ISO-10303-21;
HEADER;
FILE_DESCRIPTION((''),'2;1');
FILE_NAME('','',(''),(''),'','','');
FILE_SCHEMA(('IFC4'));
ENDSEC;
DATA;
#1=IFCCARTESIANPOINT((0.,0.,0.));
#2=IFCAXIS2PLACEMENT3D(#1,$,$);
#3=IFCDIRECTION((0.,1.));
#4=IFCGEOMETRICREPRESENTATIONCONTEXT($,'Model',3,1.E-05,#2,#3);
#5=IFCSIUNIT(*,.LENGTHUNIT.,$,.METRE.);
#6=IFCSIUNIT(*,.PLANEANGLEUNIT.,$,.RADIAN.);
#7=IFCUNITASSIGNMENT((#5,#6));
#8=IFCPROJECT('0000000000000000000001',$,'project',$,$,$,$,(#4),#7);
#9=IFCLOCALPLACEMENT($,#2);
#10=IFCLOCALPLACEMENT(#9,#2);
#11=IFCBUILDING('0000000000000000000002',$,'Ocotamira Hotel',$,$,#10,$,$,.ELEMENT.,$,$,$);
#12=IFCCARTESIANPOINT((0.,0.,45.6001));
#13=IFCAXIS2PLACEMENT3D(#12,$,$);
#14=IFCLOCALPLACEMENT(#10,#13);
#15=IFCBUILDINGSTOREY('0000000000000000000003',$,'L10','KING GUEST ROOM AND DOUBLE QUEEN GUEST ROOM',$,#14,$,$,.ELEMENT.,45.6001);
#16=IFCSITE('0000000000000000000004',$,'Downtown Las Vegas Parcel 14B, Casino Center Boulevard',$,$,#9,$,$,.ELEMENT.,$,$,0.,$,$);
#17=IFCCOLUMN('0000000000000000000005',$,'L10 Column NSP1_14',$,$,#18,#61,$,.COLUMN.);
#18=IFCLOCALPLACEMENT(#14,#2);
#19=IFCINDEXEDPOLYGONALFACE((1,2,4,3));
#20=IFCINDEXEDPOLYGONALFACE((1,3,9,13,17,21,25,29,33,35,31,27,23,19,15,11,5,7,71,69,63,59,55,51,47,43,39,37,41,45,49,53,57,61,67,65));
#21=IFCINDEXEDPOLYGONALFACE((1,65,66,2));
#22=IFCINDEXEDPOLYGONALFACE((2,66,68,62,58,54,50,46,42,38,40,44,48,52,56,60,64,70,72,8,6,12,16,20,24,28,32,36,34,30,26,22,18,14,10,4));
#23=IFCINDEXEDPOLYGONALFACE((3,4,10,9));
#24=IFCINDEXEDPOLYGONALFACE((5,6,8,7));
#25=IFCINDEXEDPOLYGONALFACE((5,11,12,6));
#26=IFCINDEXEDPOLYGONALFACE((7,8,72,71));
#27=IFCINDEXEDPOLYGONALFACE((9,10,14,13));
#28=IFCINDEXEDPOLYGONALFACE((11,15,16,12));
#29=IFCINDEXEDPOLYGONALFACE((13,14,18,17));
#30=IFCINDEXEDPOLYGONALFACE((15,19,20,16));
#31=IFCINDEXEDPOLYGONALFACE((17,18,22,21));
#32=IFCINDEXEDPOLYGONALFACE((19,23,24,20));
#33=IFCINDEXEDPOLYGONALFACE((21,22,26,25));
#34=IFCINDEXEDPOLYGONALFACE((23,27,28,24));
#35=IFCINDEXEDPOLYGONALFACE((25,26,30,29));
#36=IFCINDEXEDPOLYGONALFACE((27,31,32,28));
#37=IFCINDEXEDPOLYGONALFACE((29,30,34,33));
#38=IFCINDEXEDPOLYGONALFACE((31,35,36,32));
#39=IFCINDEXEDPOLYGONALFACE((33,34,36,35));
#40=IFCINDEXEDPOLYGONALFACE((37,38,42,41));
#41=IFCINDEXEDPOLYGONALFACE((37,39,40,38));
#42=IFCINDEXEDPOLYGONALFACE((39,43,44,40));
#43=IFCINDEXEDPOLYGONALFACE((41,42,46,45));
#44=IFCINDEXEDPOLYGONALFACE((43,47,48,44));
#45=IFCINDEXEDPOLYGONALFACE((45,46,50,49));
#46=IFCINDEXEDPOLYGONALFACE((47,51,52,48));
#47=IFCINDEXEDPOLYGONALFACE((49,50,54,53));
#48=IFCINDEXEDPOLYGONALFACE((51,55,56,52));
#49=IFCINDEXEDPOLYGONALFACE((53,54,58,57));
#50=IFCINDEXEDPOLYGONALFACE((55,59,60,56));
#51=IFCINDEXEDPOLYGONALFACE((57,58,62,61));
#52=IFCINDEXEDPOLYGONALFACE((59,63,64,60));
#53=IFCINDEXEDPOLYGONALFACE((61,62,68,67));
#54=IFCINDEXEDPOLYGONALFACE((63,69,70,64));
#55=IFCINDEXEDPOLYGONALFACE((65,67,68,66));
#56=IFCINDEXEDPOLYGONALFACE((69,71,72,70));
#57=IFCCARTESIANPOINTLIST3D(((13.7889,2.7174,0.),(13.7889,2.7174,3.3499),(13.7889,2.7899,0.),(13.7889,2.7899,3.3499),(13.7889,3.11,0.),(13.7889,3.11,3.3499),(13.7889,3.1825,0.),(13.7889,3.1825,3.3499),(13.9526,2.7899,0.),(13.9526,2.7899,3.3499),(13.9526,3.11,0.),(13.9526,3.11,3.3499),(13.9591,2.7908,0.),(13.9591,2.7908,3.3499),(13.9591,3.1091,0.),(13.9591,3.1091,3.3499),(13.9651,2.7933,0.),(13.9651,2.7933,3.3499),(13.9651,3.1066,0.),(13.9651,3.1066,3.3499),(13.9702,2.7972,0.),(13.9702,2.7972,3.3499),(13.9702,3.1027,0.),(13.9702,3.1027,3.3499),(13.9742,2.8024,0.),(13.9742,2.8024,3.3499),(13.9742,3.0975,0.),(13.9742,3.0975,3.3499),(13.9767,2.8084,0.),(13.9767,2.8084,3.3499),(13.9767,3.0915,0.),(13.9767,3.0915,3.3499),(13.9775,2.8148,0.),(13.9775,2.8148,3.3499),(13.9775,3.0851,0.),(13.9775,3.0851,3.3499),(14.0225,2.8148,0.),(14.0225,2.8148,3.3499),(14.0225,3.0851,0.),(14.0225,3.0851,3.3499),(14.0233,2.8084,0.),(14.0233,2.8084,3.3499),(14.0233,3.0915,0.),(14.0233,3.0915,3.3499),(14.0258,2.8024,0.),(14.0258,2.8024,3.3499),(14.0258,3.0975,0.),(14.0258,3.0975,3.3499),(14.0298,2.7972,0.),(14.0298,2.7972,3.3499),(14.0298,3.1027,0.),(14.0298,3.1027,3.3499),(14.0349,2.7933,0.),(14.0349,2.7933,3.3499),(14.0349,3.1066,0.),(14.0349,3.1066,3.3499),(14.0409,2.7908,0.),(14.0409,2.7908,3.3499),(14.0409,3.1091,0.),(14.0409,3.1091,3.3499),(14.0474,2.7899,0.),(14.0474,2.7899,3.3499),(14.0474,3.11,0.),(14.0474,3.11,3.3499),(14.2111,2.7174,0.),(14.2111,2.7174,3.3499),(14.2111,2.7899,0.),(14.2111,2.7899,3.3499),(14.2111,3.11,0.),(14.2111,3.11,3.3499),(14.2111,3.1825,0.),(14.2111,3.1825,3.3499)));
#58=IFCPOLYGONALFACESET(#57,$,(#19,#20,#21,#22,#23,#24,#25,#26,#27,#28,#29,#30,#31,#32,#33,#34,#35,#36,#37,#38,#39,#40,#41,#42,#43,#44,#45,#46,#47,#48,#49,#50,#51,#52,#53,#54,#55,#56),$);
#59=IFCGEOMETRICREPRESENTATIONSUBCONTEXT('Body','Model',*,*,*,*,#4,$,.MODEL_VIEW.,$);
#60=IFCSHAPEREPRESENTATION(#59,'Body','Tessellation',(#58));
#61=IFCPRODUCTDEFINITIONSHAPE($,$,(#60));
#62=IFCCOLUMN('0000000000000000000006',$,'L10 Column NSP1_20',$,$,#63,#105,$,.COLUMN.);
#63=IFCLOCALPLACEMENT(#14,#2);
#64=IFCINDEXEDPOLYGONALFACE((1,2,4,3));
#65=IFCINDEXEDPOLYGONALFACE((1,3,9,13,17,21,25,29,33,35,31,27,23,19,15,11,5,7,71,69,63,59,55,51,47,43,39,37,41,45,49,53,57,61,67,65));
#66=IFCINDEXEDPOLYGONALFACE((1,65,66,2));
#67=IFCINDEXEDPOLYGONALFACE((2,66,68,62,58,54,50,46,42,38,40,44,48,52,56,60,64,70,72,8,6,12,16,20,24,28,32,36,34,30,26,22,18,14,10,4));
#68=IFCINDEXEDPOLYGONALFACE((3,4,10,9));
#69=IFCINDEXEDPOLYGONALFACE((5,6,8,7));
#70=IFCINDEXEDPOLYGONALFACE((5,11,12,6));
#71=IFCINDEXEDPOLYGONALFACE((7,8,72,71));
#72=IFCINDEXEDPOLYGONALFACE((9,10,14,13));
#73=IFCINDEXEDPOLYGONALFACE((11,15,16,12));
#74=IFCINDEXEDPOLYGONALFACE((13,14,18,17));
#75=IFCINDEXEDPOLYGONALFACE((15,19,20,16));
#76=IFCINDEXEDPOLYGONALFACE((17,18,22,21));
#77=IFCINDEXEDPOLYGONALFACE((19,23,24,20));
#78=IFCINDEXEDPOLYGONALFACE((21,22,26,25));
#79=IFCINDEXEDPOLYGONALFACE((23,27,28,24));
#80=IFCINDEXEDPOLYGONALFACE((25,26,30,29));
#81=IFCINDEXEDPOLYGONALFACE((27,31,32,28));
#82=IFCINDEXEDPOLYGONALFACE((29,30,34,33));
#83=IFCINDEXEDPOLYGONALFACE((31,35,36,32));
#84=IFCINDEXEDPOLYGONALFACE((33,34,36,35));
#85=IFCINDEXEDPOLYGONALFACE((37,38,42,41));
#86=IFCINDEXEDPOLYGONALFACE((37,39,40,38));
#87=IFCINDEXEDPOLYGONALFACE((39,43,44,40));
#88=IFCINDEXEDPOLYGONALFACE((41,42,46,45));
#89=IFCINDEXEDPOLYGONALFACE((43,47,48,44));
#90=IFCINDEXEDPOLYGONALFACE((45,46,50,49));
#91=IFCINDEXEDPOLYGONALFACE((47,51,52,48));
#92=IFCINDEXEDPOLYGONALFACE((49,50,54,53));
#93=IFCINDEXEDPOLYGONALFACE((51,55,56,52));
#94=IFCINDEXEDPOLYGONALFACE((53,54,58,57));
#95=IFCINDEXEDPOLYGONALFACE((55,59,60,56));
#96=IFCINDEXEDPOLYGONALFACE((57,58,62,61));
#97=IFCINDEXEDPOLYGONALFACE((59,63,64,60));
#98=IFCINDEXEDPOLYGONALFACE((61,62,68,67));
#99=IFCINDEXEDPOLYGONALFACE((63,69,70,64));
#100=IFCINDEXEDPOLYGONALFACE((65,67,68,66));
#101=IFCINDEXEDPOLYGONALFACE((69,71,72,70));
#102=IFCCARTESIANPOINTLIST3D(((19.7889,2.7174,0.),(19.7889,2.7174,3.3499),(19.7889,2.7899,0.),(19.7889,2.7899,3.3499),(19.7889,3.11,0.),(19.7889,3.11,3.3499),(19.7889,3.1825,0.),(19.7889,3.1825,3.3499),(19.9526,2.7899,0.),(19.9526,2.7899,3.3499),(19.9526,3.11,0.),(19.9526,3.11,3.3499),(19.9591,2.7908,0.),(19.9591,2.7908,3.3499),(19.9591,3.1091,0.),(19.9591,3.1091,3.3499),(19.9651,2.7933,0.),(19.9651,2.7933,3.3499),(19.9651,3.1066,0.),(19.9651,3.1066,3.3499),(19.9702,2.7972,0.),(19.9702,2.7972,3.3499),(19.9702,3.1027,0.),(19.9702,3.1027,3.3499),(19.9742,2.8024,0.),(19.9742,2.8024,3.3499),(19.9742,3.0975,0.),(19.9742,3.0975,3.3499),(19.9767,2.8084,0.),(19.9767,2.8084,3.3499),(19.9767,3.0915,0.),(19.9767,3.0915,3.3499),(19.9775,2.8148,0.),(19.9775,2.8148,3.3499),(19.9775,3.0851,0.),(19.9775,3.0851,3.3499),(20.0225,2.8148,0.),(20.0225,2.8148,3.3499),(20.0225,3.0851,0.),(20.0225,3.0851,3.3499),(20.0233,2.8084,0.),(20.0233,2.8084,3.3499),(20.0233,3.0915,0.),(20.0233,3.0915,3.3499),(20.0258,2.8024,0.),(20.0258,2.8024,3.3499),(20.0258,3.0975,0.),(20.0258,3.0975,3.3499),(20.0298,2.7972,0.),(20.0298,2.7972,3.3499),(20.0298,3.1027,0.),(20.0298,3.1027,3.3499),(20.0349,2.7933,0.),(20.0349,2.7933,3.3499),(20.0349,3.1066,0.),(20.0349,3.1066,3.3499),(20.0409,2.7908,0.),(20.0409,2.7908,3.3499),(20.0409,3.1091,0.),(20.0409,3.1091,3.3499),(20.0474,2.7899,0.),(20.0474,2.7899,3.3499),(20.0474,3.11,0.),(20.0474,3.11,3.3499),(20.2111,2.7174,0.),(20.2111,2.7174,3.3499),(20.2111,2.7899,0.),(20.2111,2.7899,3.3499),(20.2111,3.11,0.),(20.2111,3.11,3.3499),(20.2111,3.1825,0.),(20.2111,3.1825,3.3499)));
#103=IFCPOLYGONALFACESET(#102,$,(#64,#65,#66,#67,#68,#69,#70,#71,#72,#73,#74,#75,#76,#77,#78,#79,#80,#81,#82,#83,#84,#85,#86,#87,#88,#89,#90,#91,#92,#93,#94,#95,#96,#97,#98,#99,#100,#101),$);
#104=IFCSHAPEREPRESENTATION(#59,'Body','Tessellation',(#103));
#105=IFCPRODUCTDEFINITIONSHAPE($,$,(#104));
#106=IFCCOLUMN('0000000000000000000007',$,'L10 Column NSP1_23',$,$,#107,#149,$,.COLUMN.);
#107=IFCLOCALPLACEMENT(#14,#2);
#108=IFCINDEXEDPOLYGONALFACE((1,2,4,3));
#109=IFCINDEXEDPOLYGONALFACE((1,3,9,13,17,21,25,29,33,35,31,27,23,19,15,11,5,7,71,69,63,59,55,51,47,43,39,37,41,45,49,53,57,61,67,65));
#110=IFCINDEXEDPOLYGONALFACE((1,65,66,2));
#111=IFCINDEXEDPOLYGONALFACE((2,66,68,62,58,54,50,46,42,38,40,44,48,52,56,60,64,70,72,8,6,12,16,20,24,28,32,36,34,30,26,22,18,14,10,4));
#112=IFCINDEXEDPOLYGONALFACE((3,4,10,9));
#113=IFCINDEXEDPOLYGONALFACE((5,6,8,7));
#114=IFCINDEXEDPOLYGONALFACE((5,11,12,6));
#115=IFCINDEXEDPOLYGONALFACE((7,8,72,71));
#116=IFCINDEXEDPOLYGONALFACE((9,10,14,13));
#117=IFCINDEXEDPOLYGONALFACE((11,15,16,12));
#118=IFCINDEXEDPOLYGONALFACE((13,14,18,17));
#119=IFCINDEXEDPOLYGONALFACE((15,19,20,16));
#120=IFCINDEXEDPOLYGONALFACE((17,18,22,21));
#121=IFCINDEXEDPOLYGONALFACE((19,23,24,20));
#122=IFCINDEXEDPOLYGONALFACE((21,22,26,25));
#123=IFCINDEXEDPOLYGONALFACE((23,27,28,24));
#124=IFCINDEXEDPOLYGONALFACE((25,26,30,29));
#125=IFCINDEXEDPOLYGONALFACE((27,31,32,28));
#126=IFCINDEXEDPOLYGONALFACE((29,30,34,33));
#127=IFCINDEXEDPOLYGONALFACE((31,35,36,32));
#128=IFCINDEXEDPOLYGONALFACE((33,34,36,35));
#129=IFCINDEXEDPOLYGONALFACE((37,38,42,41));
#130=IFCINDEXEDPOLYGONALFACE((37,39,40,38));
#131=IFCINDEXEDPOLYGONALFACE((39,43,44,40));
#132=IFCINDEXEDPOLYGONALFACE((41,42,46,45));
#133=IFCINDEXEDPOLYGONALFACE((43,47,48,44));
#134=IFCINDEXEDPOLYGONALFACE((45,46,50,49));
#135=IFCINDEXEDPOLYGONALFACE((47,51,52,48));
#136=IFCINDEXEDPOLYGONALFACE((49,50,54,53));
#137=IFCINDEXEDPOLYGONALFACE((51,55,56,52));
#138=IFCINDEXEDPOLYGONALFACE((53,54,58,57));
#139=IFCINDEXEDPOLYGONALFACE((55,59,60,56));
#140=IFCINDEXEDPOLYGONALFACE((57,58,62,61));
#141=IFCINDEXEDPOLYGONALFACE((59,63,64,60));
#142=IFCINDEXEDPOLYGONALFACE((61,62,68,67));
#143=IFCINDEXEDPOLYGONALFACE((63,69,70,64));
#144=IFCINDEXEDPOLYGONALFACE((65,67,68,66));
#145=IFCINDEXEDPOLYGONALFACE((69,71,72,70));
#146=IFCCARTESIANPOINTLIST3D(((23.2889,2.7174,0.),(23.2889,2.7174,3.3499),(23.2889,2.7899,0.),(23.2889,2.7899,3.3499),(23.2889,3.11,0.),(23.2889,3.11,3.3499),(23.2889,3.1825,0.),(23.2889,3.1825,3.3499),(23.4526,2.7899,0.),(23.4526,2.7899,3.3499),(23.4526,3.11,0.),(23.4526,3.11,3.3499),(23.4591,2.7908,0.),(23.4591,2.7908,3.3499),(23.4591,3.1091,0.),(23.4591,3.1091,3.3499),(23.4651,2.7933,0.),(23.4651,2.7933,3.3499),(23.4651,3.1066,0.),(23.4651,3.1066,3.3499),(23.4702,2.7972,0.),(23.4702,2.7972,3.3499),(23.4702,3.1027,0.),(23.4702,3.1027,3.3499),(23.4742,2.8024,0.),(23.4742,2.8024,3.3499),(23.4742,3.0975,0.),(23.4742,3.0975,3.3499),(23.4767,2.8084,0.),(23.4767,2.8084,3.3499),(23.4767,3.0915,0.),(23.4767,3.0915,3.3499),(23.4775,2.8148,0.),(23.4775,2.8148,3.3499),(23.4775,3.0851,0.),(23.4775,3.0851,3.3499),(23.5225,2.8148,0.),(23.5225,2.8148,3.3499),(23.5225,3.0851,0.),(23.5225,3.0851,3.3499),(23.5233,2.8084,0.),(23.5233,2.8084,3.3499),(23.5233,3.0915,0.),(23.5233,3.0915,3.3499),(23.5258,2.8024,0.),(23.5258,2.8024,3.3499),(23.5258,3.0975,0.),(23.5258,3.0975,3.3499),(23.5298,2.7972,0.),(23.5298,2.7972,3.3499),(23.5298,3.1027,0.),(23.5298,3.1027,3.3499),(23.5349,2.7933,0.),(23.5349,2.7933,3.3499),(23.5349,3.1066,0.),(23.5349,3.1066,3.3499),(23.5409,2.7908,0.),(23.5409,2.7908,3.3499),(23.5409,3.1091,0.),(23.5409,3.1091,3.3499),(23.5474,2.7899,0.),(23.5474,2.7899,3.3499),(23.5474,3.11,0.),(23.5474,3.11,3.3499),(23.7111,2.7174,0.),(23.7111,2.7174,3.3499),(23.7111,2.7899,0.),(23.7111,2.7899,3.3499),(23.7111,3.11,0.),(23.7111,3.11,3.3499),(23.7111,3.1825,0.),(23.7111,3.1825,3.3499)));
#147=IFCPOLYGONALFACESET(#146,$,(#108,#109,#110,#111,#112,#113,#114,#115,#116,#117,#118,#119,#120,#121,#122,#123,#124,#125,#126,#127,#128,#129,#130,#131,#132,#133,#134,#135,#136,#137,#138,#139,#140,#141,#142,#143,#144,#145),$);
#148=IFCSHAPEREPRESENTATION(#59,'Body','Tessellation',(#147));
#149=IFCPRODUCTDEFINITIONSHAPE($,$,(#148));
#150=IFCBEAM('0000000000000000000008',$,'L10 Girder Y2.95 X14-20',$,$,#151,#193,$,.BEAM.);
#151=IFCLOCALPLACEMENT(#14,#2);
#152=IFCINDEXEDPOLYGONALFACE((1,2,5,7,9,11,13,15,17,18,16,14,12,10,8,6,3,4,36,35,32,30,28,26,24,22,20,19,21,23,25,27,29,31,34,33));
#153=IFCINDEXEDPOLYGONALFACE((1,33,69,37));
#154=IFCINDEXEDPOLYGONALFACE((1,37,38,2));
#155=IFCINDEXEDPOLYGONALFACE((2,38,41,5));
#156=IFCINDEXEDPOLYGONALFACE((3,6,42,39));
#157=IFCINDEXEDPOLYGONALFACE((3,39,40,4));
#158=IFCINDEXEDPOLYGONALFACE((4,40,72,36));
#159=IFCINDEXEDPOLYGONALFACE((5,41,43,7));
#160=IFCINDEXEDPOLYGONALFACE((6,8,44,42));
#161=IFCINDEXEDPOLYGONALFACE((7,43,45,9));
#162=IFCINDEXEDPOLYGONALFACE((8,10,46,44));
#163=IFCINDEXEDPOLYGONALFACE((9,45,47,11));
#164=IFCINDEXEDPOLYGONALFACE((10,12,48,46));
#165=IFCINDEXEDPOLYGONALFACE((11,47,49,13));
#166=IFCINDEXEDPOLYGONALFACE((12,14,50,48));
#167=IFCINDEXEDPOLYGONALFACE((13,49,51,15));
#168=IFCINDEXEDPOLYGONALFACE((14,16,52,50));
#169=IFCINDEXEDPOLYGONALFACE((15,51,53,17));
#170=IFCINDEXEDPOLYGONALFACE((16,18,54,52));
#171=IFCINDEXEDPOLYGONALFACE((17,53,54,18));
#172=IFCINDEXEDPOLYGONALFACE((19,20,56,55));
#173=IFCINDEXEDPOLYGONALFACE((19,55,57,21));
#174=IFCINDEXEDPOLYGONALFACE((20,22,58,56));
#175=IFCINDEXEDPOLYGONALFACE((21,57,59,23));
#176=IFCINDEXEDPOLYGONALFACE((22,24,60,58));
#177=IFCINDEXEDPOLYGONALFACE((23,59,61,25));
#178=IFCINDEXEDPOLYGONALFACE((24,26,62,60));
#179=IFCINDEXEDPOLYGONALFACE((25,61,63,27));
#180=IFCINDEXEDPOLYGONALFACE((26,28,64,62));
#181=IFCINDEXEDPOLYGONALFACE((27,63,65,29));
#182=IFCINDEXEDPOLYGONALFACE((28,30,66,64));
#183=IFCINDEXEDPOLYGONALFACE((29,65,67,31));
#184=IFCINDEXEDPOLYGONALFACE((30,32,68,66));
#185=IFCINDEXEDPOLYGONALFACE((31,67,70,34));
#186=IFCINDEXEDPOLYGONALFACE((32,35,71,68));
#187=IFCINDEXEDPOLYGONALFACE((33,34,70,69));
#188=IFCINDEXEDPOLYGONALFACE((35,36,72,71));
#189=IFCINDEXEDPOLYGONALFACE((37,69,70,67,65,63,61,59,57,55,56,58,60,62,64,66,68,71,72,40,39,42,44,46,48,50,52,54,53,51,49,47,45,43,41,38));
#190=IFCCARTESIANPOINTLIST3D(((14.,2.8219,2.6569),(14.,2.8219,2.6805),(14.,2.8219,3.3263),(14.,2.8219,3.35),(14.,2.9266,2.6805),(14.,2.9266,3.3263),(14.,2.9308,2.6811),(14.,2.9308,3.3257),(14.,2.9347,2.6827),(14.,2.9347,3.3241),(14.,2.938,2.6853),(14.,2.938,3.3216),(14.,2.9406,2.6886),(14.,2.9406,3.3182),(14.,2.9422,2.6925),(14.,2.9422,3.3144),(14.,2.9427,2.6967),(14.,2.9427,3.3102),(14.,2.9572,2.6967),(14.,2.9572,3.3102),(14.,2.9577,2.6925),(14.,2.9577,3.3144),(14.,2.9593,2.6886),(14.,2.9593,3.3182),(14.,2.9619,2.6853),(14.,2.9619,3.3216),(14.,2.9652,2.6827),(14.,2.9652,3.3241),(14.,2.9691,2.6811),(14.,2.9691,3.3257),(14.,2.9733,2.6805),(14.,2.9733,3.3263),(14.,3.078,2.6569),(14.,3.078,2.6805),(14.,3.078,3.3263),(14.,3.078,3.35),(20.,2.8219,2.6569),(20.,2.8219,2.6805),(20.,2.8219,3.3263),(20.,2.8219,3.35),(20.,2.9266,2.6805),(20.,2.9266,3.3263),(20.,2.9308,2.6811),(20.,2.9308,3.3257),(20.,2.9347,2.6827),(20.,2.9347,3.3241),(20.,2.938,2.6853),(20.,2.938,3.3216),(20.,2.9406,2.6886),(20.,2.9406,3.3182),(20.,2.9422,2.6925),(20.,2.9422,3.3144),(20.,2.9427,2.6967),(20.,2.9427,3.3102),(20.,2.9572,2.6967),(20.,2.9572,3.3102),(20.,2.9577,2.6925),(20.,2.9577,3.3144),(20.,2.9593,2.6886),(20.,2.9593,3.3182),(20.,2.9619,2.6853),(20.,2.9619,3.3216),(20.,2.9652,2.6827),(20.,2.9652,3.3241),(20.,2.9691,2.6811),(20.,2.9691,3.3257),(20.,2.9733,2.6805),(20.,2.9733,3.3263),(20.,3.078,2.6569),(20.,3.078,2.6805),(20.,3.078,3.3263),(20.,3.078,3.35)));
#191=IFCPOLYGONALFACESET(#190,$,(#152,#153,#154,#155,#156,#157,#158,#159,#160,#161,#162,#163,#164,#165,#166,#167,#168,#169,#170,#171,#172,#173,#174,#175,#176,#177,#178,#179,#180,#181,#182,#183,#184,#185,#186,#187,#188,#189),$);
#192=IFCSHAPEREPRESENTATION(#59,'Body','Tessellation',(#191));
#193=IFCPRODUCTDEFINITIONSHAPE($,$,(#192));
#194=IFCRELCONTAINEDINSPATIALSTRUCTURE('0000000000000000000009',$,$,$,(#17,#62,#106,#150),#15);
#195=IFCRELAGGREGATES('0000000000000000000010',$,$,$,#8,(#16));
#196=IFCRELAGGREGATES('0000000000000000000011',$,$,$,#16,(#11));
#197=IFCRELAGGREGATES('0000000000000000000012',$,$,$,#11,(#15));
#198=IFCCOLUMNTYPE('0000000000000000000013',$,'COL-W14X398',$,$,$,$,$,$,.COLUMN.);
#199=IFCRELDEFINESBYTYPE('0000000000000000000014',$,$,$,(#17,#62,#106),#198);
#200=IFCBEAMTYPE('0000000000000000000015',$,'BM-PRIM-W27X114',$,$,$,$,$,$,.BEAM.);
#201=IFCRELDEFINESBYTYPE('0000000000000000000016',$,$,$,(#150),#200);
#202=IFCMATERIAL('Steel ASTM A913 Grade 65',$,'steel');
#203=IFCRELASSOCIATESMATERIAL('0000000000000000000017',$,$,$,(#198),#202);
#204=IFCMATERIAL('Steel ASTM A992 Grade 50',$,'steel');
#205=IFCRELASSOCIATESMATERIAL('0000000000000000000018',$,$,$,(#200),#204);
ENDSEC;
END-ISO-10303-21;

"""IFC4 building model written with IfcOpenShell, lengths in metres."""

from ifc_helpers import new_model, si_unit, direction, frame, origin, origin_2d, place, context, subcontext, project, spatial, i_section, extrude, source, transform, mapped, material, material_profile, profile_set, type_object, element, save


model = new_model("IFC4")

# Units and contexts
model_context = context("Model", 3, precision=1e-05, world=origin(), true_north=direction((0.0, 1.0)))
body_context = subcontext(model_context, "Body", "Model", "MODEL_VIEW")
ifc_project = project(units=[si_unit("LENGTHUNIT", "METRE"), si_unit("PLANEANGLEUNIT", "RADIAN")], contexts=[model_context])

# Site, building, storey
site_placement = place(None, origin())
site = spatial("IfcSite", under=ifc_project, at=site_placement, Name="Downtown Las Vegas Parcel 14B, Casino Center Boulevard", CompositionType="ELEMENT", RefElevation=0.0)
building_placement = place(site_placement, origin())
building = spatial("IfcBuilding", under=site, at=building_placement, Name="Ocotamira Hotel", CompositionType="ELEMENT")
storey_placement = place(building_placement, frame((0.0, 0.0, 45.6001)))
storey = spatial("IfcBuildingStorey", under=building, at=storey_placement, Name="L10", Description="KING GUEST ROOM AND DOUBLE QUEEN GUEST ROOM", CompositionType="ELEMENT", Elevation=45.6001)

# Columns
ifc_material_1 = material(Name="Steel ASTM A913 Grade 65", Category="steel")
ifc_material_profile_1 = material_profile(ifc_material_1, i_section(OverallWidth=0.4221, OverallDepth=0.4651, WebThickness=0.0449, FlangeThickness=0.0725, FilletRadius=0.0249, at=origin_2d()), Name="W14X398")
ifc_profile_set_1 = profile_set([ifc_material_profile_1], Name="Steel ASTM A913 Grade 65")
column_type = type_object("IfcColumnType", Name="COL-W14X398", PredefinedType="COLUMN", material=ifc_profile_set_1)
shared_shape_1 = source(origin(), body_context, "Body", "SweptSolid", [
    extrude(i_section(OverallWidth=0.4221, OverallDepth=0.4651, WebThickness=0.0449, FlangeThickness=0.0725, FilletRadius=0.0249, at=origin_2d()), origin(), (0.0, 0.0, 1.0), 3.3499),
])
for number, where, z_axis, x_axis, name in (
    (1, (14.0, 2.95, 0.0), (0.0, 0.0, 1.0), (1.0, 0.0, 0.0), "L10 Column NSP1_14"),
    (2, (20.0, 2.95, 0.0), (0.0, 0.0, 1.0), (1.0, 0.0, 0.0), "L10 Column NSP1_20"),
    (3, (23.5, 2.95, 0.0), (0.0, 0.0, 1.0), (1.0, 0.0, 0.0), "L10 Column NSP1_23"),
):
    element("IfcColumn", number, at=place(storey_placement, frame(where, z_axis=z_axis, x_axis=x_axis)), inside=storey, type_object=column_type, Name=name, PredefinedType="COLUMN", context=body_context, shape_type="MappedRepresentation", body=[
        mapped(shared_shape_1, transform((0.0, 0.0, 0.0), scale=1.0)),
    ])

# Beam
ifc_material_2 = material(Name="Steel ASTM A992 Grade 50", Category="steel")
ifc_material_profile_2 = material_profile(ifc_material_2, i_section(OverallWidth=0.2561, OverallDepth=0.6931, WebThickness=0.0144, FlangeThickness=0.0237, FilletRadius=0.0161, at=origin_2d()), Name="W27X114")
ifc_profile_set_2 = profile_set([ifc_material_profile_2], Name="Steel ASTM A992 Grade 50")
beam_type_1 = type_object("IfcBeamType", Name="BM-PRIM-W27X114", PredefinedType="BEAM", material=ifc_profile_set_2)
shared_shape_2 = source(origin(), body_context, "Body", "SweptSolid", [
    extrude(i_section(OverallWidth=0.2561, OverallDepth=0.6931, WebThickness=0.0144, FlangeThickness=0.0237, FilletRadius=0.0161, at=origin_2d()), origin(), (0.0, 0.0, 1.0), 6.0),
])
beam_1_placement = place(storey_placement, frame((14.0, 2.95, 3.0034), z_axis=(1.0, 0.0, 0.0), x_axis=(0.0, 1.0, 0.0)))
element("IfcBeam", 4, at=beam_1_placement, inside=storey, type_object=beam_type_1, Name="L10 Girder Y2.95 X14-20", PredefinedType="BEAM", context=body_context, shape_type="MappedRepresentation", body=[
    mapped(shared_shape_2, transform((0.0, 0.0, 0.0), scale=1.0)),
])

save(model, "model.ifc")
